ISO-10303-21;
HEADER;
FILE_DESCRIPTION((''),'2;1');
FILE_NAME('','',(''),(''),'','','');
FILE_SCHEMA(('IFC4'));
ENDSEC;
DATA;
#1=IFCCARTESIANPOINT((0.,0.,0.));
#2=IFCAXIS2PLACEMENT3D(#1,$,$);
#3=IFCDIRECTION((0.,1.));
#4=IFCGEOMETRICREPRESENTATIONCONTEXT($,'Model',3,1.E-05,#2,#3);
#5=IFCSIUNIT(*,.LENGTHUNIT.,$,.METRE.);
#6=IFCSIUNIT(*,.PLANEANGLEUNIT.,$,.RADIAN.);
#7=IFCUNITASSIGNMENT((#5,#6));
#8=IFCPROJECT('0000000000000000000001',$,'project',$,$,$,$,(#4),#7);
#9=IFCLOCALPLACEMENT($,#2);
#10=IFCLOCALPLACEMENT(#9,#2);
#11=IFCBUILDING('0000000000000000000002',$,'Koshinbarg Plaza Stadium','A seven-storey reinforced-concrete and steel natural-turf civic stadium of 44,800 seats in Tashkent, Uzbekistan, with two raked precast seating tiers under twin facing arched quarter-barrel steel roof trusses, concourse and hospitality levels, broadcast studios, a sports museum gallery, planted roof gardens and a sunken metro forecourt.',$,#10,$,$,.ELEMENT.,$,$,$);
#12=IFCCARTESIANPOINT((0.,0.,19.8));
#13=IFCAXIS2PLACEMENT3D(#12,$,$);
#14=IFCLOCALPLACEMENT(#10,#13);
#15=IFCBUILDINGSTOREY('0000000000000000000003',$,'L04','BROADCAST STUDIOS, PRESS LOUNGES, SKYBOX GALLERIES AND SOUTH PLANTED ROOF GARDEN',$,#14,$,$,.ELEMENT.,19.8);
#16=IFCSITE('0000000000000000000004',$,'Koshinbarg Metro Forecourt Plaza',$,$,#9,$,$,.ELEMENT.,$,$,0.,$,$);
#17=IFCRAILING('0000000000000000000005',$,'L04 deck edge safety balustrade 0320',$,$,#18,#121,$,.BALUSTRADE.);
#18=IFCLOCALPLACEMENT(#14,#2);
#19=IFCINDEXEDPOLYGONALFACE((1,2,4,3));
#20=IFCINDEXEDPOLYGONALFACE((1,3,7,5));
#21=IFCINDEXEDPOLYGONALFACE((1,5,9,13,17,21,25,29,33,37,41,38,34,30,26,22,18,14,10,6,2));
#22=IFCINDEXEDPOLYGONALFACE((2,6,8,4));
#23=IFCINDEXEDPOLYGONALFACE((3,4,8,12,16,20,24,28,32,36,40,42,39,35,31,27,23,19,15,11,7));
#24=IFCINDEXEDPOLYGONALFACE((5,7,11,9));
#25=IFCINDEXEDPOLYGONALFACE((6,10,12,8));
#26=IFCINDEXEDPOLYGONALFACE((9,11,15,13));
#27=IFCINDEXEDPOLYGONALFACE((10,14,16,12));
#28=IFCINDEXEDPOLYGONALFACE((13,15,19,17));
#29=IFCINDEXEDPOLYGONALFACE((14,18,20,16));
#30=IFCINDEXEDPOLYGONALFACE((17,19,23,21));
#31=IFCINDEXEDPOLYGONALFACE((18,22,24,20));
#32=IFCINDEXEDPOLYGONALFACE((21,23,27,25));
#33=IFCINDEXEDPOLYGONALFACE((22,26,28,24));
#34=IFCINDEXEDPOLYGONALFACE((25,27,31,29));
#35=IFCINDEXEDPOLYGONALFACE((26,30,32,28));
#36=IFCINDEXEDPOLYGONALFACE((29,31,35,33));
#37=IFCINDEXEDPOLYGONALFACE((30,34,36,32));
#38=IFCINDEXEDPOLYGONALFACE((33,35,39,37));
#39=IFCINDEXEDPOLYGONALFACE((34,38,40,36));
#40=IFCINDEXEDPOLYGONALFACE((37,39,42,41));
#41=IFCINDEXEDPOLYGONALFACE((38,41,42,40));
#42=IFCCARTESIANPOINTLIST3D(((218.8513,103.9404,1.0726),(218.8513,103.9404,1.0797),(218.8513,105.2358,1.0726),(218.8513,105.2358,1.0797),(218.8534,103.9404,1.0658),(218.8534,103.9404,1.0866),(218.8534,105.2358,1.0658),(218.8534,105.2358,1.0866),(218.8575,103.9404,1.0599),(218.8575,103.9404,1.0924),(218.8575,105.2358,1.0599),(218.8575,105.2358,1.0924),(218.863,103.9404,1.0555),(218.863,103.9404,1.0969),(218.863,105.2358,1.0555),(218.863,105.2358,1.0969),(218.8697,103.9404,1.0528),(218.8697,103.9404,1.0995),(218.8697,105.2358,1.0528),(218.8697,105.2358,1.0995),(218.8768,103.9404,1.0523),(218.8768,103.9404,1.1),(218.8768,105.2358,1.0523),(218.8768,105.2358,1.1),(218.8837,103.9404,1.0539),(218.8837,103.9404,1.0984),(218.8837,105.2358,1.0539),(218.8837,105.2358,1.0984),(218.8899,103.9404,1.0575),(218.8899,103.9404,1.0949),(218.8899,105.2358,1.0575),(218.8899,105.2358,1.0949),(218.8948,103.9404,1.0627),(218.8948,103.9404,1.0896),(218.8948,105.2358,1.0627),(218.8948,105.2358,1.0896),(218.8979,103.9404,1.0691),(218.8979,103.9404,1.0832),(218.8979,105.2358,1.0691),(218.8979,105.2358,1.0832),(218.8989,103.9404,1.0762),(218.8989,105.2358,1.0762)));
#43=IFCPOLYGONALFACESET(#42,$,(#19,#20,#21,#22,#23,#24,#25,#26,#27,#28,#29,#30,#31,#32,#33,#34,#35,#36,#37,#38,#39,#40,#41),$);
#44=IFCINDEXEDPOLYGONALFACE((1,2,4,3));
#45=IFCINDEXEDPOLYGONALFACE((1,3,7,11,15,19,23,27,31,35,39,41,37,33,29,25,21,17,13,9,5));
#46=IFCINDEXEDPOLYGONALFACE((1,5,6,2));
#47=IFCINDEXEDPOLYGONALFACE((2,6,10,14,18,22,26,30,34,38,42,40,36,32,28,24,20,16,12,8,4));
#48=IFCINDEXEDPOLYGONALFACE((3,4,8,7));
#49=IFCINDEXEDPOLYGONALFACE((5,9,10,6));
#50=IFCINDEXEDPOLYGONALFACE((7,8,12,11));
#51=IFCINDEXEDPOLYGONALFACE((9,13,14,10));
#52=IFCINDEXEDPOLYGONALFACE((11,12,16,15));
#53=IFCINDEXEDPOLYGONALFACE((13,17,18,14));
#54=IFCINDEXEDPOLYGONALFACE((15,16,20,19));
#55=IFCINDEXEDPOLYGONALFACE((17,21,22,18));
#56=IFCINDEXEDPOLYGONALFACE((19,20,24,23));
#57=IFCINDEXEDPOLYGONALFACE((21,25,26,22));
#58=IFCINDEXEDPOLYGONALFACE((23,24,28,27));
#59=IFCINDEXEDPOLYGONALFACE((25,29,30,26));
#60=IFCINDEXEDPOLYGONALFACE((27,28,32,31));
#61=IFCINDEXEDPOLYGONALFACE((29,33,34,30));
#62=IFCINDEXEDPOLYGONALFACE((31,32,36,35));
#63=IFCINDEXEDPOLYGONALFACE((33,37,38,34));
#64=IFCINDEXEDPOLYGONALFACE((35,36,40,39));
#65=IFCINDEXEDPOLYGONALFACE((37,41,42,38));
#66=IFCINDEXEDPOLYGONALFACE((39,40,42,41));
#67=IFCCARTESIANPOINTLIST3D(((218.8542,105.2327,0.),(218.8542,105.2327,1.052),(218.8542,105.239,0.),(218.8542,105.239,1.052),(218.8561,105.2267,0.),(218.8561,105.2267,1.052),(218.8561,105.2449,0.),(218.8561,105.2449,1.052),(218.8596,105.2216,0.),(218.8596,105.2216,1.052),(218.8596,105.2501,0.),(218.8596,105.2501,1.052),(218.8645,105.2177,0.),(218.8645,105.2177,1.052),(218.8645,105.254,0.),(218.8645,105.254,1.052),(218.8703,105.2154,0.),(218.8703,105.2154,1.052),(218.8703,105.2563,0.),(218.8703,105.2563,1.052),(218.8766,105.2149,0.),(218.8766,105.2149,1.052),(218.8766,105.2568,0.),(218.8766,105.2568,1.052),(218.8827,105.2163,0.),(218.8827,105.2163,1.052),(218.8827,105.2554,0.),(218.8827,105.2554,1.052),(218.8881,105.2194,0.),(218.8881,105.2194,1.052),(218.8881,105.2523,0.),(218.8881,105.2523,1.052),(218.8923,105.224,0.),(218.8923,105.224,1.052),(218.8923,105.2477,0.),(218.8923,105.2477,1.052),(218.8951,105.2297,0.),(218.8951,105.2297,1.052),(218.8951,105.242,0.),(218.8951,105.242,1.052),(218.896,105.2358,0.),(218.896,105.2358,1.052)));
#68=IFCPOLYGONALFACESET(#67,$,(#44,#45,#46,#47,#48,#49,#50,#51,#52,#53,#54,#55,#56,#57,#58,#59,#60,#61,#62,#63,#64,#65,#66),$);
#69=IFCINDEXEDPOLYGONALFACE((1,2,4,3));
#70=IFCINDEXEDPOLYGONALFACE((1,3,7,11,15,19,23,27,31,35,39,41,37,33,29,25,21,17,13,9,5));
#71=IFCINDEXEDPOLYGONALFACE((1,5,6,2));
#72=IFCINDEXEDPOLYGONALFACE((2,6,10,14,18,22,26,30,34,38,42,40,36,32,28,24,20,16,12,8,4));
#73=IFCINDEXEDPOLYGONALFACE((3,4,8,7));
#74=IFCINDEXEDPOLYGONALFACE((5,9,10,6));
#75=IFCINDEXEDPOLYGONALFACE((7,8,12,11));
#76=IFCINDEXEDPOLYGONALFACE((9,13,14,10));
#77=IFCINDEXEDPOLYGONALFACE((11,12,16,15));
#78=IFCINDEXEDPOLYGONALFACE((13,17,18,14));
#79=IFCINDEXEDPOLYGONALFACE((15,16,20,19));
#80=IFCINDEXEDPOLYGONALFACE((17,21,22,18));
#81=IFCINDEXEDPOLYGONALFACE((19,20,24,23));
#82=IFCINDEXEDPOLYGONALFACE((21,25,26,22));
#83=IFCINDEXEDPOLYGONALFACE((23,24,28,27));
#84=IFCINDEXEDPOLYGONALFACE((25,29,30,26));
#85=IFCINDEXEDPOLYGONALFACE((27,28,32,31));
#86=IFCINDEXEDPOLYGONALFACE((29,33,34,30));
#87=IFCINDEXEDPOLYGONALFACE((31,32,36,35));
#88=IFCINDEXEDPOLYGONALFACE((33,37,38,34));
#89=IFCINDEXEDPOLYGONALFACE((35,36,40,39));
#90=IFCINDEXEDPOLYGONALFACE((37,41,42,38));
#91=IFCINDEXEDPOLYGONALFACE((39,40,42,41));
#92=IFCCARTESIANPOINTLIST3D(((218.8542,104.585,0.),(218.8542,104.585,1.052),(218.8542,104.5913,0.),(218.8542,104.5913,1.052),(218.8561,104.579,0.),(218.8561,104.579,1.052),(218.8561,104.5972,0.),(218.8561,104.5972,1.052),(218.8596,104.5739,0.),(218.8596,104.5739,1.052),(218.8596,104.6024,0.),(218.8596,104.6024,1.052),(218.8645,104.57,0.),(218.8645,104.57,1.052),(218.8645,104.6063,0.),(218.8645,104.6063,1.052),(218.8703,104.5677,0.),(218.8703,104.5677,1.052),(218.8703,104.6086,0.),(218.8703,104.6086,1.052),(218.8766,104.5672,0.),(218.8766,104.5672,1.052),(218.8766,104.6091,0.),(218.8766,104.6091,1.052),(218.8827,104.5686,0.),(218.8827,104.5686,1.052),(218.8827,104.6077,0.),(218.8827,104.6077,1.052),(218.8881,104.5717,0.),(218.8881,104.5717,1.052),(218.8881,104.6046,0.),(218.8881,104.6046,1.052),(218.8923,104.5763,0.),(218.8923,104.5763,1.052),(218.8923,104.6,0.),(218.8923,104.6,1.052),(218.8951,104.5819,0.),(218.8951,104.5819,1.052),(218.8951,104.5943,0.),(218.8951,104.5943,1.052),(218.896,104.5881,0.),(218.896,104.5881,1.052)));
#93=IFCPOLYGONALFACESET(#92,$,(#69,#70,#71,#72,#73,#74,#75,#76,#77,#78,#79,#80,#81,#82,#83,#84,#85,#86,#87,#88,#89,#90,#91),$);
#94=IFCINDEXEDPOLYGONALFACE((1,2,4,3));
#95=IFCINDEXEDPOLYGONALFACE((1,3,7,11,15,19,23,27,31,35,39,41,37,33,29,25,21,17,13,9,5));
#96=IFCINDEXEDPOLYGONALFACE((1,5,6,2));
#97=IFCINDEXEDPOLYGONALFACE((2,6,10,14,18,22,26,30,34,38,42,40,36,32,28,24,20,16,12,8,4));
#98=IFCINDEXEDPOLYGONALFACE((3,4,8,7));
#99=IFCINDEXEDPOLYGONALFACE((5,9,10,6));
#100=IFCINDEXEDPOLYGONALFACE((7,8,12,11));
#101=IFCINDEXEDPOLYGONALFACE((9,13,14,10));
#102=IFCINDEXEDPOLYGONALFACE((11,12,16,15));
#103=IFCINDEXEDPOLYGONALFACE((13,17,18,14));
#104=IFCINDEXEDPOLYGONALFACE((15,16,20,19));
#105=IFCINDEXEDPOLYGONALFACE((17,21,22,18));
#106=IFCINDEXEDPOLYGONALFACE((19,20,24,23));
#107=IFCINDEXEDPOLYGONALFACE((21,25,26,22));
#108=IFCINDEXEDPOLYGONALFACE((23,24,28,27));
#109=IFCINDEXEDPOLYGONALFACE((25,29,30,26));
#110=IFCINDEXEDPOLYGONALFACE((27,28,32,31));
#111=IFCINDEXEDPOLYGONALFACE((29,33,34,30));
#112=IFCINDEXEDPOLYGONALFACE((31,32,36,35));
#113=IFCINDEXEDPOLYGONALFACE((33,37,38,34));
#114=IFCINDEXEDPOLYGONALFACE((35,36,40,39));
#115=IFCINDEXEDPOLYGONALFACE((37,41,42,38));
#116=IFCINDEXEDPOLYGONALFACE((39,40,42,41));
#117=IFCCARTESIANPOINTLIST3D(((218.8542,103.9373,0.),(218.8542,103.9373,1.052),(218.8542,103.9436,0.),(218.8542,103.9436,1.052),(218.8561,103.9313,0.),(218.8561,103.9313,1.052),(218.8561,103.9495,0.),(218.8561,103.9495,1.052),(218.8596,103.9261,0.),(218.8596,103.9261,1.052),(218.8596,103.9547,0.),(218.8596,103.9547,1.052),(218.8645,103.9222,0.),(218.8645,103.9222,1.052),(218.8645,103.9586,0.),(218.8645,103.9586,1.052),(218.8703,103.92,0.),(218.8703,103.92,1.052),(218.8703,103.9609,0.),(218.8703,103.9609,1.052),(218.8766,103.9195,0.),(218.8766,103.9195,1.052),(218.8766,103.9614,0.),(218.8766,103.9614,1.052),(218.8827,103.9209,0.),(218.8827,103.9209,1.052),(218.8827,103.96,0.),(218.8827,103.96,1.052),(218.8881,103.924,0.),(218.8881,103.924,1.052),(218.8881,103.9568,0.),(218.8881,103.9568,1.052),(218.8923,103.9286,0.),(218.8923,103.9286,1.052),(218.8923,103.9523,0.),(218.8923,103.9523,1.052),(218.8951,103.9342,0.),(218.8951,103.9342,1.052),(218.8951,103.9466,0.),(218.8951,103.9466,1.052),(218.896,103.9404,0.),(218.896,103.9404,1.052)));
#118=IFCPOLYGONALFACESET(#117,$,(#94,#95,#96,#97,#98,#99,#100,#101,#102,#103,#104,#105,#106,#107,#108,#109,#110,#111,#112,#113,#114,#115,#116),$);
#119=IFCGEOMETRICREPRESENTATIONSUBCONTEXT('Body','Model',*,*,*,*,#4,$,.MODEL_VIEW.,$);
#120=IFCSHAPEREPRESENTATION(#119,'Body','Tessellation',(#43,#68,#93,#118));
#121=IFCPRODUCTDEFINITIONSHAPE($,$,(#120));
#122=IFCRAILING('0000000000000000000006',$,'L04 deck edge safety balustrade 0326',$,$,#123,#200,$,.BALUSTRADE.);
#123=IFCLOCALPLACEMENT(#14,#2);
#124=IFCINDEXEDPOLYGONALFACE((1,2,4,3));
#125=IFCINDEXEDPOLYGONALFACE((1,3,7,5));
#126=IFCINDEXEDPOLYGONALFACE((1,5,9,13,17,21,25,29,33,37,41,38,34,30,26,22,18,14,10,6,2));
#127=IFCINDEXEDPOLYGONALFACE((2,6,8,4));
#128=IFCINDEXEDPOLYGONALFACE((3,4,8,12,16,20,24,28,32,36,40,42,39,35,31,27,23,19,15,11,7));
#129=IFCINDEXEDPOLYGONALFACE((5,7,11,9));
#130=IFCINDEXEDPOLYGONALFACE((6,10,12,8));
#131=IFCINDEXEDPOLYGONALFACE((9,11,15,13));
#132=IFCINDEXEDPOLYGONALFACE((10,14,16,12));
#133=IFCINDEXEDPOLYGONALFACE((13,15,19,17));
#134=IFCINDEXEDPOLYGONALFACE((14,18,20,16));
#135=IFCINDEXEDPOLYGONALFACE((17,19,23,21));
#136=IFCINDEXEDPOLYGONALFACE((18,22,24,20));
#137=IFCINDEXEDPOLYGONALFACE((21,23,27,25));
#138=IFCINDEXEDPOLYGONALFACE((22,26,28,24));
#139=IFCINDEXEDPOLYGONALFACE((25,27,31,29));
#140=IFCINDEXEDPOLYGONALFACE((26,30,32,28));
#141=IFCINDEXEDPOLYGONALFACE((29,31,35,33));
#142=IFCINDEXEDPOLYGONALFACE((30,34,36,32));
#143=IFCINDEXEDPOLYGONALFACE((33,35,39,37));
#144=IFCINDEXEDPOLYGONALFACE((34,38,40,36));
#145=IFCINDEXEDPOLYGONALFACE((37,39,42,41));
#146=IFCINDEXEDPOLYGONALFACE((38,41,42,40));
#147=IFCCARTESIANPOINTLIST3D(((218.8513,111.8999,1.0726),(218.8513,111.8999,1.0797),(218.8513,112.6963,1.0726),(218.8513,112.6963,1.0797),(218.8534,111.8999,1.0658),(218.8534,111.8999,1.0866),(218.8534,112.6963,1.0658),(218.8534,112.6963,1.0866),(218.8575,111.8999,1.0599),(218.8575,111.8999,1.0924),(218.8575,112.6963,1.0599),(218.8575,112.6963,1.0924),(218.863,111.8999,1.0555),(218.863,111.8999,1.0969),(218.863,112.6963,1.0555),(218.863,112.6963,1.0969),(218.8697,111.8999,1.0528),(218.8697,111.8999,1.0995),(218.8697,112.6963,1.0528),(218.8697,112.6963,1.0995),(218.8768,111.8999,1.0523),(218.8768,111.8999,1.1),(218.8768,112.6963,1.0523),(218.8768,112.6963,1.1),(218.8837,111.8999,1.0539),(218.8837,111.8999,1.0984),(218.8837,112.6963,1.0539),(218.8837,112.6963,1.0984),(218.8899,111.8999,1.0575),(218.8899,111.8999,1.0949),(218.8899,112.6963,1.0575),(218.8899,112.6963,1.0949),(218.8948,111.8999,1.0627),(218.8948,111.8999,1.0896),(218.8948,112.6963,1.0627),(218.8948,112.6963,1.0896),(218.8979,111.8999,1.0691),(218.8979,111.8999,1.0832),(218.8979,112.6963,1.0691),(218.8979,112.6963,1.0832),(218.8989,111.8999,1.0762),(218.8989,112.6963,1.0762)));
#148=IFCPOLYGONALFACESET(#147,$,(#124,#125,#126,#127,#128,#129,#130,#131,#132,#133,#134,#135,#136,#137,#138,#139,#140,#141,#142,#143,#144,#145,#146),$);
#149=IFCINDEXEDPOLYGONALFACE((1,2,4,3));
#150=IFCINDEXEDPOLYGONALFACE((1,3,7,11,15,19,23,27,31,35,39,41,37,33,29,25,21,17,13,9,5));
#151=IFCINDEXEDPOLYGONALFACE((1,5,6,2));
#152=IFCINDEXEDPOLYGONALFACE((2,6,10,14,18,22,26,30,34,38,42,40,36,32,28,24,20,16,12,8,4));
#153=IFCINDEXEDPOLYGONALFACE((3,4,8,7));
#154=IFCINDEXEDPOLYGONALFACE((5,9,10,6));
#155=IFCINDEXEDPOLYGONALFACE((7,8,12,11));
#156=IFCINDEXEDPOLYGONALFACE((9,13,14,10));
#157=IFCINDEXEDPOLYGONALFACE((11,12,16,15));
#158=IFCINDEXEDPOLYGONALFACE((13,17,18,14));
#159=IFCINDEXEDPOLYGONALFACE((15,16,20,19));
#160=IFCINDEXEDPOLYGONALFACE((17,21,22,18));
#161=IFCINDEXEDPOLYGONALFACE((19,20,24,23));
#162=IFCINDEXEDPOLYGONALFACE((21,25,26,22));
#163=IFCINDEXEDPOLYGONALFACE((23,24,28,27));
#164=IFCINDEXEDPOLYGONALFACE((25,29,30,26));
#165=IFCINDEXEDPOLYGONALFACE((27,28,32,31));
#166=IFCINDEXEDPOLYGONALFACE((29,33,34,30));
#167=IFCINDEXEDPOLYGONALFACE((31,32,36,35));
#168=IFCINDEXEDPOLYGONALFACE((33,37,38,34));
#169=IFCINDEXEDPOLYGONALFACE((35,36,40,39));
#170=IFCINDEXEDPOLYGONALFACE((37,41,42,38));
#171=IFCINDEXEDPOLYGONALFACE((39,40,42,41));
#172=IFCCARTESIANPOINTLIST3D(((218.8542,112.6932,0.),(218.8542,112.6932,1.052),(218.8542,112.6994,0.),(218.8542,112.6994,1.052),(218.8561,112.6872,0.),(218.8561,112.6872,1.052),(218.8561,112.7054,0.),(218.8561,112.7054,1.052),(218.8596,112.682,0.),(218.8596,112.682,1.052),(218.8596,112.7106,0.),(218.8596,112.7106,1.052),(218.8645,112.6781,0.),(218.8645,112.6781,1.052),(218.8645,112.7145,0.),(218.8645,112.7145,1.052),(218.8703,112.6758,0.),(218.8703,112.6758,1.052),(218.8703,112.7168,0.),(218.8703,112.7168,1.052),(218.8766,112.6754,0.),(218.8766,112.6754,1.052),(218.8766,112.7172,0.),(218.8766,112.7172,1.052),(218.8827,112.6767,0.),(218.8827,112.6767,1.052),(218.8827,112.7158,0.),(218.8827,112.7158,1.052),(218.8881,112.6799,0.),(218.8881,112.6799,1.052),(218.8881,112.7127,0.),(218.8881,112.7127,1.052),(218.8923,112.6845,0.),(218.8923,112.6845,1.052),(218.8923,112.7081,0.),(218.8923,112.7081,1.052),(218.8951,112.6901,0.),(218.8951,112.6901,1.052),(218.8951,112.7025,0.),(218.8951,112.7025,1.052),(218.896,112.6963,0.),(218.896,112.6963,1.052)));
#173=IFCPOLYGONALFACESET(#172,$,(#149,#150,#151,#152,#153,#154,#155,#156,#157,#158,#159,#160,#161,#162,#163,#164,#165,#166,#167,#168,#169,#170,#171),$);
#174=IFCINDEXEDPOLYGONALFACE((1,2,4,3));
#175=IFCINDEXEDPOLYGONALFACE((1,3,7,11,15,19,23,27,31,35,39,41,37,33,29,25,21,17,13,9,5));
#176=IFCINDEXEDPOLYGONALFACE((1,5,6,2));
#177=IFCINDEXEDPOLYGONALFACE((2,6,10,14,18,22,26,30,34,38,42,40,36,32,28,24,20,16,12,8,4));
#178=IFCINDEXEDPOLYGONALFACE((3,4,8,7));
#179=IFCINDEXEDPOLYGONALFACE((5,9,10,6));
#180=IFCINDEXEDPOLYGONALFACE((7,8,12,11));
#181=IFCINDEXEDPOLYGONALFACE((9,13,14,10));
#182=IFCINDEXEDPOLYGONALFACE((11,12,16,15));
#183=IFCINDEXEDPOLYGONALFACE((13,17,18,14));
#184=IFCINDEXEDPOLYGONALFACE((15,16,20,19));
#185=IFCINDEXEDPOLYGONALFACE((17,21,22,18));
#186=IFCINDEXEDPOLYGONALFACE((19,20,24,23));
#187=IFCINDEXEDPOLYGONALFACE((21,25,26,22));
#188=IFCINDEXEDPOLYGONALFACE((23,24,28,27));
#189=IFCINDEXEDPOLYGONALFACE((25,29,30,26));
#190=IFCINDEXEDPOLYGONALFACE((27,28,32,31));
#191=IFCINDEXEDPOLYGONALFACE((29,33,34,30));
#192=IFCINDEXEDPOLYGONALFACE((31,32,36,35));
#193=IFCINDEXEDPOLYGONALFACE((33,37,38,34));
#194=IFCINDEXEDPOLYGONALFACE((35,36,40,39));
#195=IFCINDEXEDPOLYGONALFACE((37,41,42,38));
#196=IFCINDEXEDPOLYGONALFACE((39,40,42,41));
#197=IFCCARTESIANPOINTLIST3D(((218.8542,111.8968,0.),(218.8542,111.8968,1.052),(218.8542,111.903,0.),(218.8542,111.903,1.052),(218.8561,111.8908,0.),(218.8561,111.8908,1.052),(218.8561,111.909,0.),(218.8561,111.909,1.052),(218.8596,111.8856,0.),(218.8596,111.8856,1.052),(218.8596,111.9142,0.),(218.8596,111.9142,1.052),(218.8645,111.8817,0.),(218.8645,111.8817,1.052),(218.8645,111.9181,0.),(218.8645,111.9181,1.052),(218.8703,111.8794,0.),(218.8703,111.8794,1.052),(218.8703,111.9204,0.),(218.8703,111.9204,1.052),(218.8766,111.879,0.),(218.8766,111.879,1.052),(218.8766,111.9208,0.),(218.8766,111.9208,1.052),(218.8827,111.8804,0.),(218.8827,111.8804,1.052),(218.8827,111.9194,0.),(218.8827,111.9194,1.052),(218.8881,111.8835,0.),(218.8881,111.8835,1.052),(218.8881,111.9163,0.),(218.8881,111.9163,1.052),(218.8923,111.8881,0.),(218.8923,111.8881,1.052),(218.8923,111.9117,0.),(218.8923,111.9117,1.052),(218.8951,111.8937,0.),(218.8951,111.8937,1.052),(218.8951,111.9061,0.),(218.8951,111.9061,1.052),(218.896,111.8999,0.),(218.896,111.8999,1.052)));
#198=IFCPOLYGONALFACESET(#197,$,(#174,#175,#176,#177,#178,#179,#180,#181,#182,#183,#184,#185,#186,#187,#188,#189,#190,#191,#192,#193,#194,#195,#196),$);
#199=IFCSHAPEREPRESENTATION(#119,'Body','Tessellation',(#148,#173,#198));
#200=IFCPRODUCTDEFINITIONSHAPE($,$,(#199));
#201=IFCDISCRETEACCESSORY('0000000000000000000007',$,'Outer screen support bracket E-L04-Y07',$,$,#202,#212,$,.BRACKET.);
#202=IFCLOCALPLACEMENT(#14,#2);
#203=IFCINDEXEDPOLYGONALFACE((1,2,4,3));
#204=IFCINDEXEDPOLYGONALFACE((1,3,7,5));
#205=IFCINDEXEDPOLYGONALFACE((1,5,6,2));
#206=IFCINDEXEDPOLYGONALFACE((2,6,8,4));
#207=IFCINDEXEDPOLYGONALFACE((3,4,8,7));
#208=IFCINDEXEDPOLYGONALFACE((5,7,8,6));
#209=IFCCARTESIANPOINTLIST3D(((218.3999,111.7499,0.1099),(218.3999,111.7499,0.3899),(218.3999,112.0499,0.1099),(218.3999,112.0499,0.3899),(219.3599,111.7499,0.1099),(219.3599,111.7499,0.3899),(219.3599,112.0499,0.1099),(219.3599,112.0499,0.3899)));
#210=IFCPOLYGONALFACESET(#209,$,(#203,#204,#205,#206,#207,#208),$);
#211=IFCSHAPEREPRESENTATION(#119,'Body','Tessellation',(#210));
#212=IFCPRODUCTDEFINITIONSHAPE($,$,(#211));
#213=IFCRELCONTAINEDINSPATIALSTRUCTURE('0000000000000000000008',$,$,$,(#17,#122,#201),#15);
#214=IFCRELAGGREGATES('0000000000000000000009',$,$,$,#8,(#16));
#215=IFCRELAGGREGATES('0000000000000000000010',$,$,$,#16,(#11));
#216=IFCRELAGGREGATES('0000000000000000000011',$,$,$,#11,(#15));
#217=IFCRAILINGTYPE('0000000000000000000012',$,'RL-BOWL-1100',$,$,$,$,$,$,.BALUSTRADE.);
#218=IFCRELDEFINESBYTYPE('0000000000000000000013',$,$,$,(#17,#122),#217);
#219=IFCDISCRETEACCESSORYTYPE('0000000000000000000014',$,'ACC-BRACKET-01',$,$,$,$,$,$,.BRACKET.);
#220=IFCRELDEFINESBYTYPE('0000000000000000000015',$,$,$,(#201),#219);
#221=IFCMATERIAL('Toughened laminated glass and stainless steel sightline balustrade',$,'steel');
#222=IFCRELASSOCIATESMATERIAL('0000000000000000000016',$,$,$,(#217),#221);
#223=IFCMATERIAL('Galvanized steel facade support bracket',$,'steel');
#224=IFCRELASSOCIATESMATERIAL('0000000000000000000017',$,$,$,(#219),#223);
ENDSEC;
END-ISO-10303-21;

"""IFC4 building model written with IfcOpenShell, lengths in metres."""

from ifc_helpers import new_model, si_unit, direction, frame, origin, origin_2d, place, context, subcontext, project, spatial, rectangle, circle, extrude, material, type_object, element, save


model = new_model("IFC4")

# Units and contexts
model_context = context("Model", 3, precision=1e-05, world=origin(), true_north=direction((0.0, 1.0)))
body_context = subcontext(model_context, "Body", "Model", "MODEL_VIEW")
ifc_project = project(units=[si_unit("LENGTHUNIT", "METRE"), si_unit("PLANEANGLEUNIT", "RADIAN")], contexts=[model_context])

# Site, building, storey
site_placement = place(None, origin())
site = spatial("IfcSite", under=ifc_project, at=site_placement, Name="Koshinbarg Metro Forecourt Plaza", CompositionType="ELEMENT", RefElevation=0.0)
building_placement = place(site_placement, origin())
building = spatial("IfcBuilding", under=site, at=building_placement, Name="Koshinbarg Plaza Stadium", Description="A seven-storey reinforced-concrete and steel natural-turf civic stadium of 44,800 seats in Tashkent, Uzbekistan, with two raked precast seating tiers under twin facing arched quarter-barrel steel roof trusses, concourse and hospitality levels, broadcast studios, a sports museum gallery, planted roof gardens and a sunken metro forecourt.", CompositionType="ELEMENT")
storey_placement = place(building_placement, frame((0.0, 0.0, 19.8)))
storey = spatial("IfcBuildingStorey", under=building, at=storey_placement, Name="L04", Description="BROADCAST STUDIOS, PRESS LOUNGES, SKYBOX GALLERIES AND SOUTH PLANTED ROOF GARDEN", CompositionType="ELEMENT", Elevation=19.8)

# Railings
ifc_material_1 = material(Name="Toughened laminated glass and stainless steel sightline balustrade", Category="steel")
railing_type = type_object("IfcRailingType", Name="RL-BOWL-1100", PredefinedType="BALUSTRADE", material=ifc_material_1)
railing_1_placement = place(storey_placement, frame((218.875, 105.2358, 0.0)))
element("IfcRailing", 1, at=railing_1_placement, inside=storey, type_object=railing_type, Name="L04 deck edge safety balustrade 0320", PredefinedType="BALUSTRADE", context=body_context, shape_type="SweptSolid", body=[
    extrude(circle(Radius=0.0239, at=origin_2d()), frame((0.0, 0.0, 1.0762), z_axis=(0.0, -1.0, 0.0), x_axis=(1.0, 0.0, 0.0)), (0.0, 0.0, 1.0), 1.2954),
    extrude(circle(Radius=0.021, at=origin_2d()), origin(), (0.0, 0.0, 1.0), 1.052),
    extrude(circle(Radius=0.021, at=origin_2d()), frame((0.0, -0.6477, 0.0)), (0.0, 0.0, 1.0), 1.052),
    extrude(circle(Radius=0.021, at=origin_2d()), frame((0.0, -1.2954, 0.0)), (0.0, 0.0, 1.0), 1.052),
])
railing_2_placement = place(storey_placement, frame((218.875, 112.6963, 0.0)))
element("IfcRailing", 2, at=railing_2_placement, inside=storey, type_object=railing_type, Name="L04 deck edge safety balustrade 0326", PredefinedType="BALUSTRADE", context=body_context, shape_type="SweptSolid", body=[
    extrude(circle(Radius=0.0239, at=origin_2d()), frame((0.0, 0.0, 1.0762), z_axis=(0.0, -1.0, 0.0), x_axis=(1.0, 0.0, 0.0)), (0.0, 0.0, 1.0), 0.7964),
    extrude(circle(Radius=0.021, at=origin_2d()), origin(), (0.0, 0.0, 1.0), 1.052),
    extrude(circle(Radius=0.021, at=origin_2d()), frame((0.0, -0.7964, 0.0)), (0.0, 0.0, 1.0), 1.052),
])

# Discrete accessory
ifc_material_2 = material(Name="Galvanized steel facade support bracket", Category="steel")
discrete_accessory_type = type_object("IfcDiscreteAccessoryType", Name="ACC-BRACKET-01", PredefinedType="BRACKET", material=ifc_material_2)
for number, where, z_axis, x_axis, name in (
    (3, (218.8799, 111.8999, 0.1099), (0.0, 0.0, 1.0), (1.0, 0.0, 0.0), "Outer screen support bracket E-L04-Y07"),
):
    element("IfcDiscreteAccessory", number, at=place(storey_placement, frame(where, z_axis=z_axis, x_axis=x_axis)), inside=storey, type_object=discrete_accessory_type, Name=name, PredefinedType="BRACKET", context=body_context, shape_type="SweptSolid", body=[
        extrude(rectangle(XDim=0.96, YDim=0.3, at=origin_2d()), origin(), (0.0, 0.0, 1.0), 0.28),
    ])

save(model, "model.ifc")
